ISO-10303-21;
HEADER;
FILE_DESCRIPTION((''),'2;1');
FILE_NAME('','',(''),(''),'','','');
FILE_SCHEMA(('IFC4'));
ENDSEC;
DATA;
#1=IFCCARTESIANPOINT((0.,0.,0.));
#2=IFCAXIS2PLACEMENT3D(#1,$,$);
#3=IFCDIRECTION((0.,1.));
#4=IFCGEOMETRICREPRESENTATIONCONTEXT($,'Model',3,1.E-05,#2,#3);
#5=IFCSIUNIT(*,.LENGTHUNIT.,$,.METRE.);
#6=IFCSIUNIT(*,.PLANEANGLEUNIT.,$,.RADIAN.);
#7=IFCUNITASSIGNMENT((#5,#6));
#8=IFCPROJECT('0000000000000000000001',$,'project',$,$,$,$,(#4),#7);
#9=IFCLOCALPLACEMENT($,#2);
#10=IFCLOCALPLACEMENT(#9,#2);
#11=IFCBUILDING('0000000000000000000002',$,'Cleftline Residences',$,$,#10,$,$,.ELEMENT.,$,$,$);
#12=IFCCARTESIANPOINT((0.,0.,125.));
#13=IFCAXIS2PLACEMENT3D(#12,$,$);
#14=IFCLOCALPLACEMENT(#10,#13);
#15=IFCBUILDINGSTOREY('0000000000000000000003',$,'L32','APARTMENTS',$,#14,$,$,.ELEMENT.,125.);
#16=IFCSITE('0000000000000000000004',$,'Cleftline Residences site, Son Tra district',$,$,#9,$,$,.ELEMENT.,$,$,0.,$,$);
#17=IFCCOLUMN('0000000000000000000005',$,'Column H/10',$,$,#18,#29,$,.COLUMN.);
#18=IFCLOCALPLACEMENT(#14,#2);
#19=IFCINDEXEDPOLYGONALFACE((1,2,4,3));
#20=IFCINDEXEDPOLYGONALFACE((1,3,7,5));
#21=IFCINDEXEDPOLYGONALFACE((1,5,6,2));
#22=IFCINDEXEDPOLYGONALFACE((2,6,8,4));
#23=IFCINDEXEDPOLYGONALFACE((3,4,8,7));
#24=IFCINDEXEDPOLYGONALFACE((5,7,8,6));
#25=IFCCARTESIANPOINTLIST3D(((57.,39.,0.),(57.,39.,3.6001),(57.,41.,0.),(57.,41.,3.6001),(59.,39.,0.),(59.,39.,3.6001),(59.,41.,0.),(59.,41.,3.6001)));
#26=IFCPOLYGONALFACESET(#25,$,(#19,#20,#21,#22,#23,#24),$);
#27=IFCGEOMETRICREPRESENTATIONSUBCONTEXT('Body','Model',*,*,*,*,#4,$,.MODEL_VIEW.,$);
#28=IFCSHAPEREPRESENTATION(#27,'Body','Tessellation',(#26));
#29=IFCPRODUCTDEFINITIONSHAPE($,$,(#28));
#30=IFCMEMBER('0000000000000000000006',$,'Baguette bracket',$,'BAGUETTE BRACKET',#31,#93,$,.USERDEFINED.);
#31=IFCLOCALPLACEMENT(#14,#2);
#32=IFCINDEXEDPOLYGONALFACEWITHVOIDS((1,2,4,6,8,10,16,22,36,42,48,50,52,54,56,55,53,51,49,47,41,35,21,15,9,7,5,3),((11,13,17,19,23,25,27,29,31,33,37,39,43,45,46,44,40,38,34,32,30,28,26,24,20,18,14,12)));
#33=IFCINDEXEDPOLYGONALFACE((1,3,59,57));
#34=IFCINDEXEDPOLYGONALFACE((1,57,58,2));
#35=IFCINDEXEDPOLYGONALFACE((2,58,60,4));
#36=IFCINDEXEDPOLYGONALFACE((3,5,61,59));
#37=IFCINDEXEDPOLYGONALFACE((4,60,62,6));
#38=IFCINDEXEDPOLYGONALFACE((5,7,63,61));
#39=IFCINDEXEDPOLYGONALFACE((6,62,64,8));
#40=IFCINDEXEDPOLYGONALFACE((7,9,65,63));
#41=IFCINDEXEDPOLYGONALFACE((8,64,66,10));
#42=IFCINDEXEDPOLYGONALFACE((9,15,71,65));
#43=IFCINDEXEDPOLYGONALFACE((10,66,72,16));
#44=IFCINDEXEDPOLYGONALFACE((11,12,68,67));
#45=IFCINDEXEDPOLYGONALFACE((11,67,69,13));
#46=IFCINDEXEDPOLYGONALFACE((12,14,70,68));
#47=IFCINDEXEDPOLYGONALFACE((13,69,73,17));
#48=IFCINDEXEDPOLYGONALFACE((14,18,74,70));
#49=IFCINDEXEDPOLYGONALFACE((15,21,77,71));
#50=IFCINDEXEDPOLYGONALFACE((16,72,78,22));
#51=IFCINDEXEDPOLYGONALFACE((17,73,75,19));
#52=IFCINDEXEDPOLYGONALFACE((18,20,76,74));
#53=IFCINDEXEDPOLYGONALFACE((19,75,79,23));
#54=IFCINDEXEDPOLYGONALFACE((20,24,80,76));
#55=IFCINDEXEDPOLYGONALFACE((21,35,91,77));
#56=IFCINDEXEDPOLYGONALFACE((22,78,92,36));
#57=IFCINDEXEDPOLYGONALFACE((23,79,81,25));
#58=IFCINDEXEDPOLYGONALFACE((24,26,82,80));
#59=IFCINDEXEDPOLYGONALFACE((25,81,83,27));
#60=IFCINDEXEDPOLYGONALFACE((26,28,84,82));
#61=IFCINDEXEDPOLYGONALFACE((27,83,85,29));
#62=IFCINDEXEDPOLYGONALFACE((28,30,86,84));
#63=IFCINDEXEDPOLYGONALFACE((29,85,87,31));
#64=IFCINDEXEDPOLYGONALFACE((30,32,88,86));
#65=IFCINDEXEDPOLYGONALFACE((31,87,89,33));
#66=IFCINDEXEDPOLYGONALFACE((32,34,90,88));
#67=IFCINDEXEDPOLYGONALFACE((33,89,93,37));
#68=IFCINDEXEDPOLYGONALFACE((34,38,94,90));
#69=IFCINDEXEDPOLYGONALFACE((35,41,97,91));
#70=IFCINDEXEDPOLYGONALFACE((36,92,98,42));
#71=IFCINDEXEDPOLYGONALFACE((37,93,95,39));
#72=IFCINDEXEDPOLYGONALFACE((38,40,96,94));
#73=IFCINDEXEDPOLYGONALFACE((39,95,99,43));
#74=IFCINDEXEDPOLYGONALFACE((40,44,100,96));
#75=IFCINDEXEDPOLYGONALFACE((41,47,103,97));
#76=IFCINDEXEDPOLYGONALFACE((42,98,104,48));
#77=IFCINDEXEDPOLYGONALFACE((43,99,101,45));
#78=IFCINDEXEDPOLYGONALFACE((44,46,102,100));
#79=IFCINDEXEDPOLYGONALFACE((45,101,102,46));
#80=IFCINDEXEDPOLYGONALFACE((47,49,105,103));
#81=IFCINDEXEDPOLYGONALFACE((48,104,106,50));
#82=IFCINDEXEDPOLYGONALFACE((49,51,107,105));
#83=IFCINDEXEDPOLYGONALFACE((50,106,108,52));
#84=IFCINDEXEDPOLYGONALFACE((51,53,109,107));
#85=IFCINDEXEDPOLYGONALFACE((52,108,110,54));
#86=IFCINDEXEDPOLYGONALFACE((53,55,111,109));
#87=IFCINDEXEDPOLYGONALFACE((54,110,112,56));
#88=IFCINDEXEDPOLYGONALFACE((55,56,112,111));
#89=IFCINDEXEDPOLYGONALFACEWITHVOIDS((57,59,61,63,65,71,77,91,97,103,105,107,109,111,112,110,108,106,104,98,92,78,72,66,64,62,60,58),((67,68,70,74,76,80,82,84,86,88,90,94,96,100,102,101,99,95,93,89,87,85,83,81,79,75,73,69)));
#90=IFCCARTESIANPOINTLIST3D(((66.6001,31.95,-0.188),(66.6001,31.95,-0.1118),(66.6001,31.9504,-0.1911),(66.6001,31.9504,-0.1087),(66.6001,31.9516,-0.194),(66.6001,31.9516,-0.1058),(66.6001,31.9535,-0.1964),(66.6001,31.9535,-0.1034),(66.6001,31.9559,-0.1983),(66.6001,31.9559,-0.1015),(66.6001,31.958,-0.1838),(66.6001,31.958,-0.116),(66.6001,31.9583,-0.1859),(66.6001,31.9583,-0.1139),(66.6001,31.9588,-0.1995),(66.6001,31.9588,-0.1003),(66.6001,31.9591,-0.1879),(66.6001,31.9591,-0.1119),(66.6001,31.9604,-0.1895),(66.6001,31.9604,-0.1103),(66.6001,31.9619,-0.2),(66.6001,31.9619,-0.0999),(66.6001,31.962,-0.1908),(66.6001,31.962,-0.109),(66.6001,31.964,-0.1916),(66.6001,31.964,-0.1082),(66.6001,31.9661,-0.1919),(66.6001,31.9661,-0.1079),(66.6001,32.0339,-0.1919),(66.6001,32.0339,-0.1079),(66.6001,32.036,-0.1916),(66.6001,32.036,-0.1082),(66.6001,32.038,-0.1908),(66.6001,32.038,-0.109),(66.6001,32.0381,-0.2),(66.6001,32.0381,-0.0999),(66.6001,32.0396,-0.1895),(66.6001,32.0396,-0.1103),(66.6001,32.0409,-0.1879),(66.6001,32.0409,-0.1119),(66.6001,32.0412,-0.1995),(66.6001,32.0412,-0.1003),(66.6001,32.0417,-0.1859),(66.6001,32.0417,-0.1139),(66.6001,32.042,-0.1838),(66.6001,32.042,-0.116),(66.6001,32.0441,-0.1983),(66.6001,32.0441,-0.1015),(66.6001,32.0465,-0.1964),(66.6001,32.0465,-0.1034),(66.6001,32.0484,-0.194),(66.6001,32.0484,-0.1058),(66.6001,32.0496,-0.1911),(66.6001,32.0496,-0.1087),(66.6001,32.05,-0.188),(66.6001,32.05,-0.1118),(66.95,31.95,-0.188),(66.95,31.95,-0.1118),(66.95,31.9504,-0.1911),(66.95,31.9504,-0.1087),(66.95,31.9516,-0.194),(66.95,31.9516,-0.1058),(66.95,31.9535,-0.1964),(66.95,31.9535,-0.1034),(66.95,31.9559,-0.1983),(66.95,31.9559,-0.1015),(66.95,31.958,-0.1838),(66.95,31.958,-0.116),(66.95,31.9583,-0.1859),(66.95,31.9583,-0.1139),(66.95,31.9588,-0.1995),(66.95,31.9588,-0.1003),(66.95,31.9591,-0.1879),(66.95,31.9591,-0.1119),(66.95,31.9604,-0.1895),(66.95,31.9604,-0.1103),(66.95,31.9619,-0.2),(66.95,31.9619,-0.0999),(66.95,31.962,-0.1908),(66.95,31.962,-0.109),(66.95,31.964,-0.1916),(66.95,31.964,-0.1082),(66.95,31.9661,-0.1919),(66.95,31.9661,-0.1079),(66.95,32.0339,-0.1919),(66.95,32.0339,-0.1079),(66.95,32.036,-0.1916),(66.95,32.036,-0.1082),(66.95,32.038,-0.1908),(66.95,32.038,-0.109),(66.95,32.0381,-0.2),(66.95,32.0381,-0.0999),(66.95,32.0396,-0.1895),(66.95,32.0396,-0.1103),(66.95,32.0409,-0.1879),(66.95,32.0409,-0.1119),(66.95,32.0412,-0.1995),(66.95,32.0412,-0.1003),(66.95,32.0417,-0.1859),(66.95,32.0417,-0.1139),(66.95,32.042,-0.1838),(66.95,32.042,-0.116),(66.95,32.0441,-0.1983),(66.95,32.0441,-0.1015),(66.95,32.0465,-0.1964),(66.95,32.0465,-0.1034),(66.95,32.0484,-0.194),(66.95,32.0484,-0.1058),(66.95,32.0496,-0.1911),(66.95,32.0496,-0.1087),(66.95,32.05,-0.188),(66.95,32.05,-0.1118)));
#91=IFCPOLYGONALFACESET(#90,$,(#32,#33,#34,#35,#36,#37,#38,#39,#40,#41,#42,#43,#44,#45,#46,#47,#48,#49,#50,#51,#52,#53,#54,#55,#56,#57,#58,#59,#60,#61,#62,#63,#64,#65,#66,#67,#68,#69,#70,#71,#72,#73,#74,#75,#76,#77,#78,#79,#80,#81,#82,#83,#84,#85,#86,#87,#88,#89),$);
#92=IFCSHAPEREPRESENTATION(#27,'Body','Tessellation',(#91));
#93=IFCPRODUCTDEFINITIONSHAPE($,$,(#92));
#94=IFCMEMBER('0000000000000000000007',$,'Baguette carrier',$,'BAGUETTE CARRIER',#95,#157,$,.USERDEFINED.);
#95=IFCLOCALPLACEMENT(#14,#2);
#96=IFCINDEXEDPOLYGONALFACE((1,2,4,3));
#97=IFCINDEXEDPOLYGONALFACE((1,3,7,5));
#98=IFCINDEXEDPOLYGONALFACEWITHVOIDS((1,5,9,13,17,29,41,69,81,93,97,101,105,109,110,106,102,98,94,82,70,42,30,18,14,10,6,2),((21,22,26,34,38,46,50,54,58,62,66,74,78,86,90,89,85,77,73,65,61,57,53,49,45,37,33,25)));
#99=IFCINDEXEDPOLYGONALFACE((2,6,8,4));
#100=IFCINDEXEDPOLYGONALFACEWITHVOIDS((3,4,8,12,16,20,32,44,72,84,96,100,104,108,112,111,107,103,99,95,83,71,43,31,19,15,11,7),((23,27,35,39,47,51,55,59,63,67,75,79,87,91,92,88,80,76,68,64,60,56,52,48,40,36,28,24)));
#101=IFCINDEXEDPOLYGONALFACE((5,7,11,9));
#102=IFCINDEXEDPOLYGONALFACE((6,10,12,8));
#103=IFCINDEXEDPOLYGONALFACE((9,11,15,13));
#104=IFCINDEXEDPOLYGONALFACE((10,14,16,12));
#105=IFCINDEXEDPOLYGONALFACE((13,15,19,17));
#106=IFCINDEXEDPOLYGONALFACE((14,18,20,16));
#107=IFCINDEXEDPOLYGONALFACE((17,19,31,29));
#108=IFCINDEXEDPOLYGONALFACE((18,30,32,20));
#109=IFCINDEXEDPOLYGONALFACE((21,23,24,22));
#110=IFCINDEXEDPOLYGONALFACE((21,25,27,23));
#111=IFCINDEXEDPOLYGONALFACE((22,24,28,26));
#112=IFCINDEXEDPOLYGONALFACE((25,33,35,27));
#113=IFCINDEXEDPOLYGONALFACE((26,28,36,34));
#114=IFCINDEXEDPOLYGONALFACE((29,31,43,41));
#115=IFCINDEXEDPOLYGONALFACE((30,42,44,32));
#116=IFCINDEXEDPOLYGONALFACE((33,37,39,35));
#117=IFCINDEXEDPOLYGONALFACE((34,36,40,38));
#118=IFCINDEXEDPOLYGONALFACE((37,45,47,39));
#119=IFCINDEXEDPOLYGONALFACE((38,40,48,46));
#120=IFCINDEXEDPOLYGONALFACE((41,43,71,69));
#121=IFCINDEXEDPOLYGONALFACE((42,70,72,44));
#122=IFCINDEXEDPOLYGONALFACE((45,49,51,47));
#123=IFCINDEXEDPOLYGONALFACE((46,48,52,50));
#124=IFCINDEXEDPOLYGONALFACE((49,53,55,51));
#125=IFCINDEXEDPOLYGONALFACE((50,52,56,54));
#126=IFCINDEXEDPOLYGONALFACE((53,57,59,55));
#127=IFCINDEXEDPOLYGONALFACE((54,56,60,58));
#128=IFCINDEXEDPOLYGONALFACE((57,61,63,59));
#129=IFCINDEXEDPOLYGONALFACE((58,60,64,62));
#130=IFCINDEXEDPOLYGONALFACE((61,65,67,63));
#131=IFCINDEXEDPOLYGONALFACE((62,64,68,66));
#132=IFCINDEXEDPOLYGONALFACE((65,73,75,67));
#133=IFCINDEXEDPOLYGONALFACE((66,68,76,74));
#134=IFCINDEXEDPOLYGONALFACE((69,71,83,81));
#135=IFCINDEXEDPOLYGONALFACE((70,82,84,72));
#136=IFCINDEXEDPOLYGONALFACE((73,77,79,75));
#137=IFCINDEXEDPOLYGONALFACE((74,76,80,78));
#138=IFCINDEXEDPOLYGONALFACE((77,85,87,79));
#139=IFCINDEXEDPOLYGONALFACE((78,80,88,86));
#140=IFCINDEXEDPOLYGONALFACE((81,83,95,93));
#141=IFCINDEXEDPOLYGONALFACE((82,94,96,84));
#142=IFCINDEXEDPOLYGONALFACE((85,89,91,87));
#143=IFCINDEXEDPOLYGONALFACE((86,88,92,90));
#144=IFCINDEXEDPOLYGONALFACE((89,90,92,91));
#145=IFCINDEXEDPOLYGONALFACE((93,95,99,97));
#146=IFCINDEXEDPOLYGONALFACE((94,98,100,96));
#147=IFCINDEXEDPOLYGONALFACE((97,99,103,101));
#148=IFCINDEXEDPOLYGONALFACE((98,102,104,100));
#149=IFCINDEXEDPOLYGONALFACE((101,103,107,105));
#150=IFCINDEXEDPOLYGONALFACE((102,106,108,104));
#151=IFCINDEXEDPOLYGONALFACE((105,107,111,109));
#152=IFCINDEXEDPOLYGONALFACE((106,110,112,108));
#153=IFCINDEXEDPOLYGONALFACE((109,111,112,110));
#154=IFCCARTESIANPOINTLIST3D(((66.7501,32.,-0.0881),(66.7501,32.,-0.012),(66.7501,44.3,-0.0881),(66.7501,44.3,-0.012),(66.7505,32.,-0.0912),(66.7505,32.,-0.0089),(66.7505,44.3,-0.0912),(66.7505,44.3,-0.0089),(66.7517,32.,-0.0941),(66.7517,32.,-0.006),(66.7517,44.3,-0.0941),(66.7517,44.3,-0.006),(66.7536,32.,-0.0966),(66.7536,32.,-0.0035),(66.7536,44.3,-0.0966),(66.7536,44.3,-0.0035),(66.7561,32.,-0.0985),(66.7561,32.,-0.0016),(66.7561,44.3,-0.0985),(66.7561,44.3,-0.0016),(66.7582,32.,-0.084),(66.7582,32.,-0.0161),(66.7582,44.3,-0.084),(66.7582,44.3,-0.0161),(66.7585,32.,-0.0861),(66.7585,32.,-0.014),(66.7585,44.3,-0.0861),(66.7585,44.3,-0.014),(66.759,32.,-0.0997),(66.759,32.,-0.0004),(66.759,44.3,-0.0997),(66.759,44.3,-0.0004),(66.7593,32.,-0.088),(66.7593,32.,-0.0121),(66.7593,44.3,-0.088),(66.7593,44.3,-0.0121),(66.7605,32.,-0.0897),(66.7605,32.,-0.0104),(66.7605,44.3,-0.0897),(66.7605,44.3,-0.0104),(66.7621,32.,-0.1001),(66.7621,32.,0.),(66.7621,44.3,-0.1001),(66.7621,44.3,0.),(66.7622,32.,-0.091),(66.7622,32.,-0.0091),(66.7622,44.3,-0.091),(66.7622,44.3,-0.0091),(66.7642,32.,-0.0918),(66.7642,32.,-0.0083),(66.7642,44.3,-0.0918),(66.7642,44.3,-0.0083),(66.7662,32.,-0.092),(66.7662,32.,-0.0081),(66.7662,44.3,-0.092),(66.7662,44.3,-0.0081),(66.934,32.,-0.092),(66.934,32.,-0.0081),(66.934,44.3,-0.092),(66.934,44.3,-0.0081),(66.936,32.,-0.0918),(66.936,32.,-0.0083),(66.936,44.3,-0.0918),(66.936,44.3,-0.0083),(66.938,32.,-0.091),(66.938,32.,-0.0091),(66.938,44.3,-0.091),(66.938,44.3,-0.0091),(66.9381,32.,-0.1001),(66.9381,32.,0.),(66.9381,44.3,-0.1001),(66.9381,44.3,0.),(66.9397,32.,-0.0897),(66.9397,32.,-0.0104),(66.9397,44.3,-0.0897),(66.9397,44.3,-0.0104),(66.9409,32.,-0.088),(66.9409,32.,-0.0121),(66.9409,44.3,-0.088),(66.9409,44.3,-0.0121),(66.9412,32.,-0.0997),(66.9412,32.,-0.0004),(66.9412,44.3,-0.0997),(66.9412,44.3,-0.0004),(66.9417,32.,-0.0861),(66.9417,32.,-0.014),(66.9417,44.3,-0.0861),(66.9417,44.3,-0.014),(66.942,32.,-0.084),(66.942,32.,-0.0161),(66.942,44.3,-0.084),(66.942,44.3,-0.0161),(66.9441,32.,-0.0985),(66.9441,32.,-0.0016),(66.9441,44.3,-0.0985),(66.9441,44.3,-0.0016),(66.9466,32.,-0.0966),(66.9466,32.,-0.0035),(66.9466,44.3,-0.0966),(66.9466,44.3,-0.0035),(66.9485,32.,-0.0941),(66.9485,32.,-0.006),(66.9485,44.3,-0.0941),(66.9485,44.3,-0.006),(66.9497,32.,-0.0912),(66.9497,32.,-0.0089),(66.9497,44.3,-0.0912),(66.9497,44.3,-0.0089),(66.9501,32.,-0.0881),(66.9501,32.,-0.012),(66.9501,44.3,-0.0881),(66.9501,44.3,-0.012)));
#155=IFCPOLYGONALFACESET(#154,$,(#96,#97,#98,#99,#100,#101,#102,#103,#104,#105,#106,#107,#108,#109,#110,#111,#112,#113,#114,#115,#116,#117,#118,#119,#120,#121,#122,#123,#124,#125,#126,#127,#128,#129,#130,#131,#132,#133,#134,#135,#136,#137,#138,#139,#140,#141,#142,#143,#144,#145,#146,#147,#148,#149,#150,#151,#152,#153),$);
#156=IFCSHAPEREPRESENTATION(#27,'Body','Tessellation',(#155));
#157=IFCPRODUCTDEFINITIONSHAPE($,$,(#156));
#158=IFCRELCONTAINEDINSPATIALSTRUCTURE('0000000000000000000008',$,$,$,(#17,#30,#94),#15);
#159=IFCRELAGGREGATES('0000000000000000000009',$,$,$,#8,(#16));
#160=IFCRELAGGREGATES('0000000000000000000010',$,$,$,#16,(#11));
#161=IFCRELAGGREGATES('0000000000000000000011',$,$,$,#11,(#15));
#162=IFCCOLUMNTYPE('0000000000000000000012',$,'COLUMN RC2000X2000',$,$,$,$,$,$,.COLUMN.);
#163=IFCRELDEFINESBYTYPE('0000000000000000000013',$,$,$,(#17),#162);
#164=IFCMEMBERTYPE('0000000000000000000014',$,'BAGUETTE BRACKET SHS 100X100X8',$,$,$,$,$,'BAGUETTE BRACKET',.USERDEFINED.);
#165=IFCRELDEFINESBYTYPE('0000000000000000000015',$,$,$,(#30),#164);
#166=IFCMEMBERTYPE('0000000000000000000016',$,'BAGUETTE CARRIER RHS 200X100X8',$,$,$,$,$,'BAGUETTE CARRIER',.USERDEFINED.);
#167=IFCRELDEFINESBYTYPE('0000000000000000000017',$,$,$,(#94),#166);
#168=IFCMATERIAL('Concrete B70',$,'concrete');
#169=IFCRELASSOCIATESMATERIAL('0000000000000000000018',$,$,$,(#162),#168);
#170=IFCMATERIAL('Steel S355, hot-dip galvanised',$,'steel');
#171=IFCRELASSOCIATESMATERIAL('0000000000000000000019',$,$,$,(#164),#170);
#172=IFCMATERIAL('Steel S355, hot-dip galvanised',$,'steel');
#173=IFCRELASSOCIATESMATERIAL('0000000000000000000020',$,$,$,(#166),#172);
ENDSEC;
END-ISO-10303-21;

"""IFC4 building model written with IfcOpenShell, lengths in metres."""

from ifc_helpers import new_model, si_unit, direction, frame, origin, origin_2d, place, context, subcontext, project, spatial, rectangle, hollow_rectangle, extrude, material, material_profile, profile_set, type_object, element, save


model = new_model("IFC4")

# Units and contexts
model_context = context("Model", 3, precision=1e-05, world=origin(), true_north=direction((0.0, 1.0)))
body_context = subcontext(model_context, "Body", "Model", "MODEL_VIEW")
ifc_project = project(units=[si_unit("LENGTHUNIT", "METRE"), si_unit("PLANEANGLEUNIT", "RADIAN")], contexts=[model_context])

# Site, building, storey
site_placement = place(None, origin())
site = spatial("IfcSite", under=ifc_project, at=site_placement, Name="Cleftline Residences site, Son Tra district", CompositionType="ELEMENT", RefElevation=0.0)
building_placement = place(site_placement, origin())
building = spatial("IfcBuilding", under=site, at=building_placement, Name="Cleftline Residences", CompositionType="ELEMENT")
storey_placement = place(building_placement, frame((0.0, 0.0, 125.0)))
storey = spatial("IfcBuildingStorey", under=building, at=storey_placement, Name="L32", Description="APARTMENTS", CompositionType="ELEMENT", Elevation=125.0)

# Column
ifc_material_1 = material(Name="Concrete B70", Category="concrete")
ifc_material_profile_1 = material_profile(ifc_material_1, rectangle(XDim=2.0, YDim=2.0, at=origin_2d()))
ifc_profile_set_1 = profile_set([ifc_material_profile_1], Name="Concrete B70")
column_type = type_object("IfcColumnType", Name="COLUMN RC2000X2000", PredefinedType="COLUMN", material=ifc_profile_set_1)
column_placement = place(storey_placement, frame((58.0, 40.0, 0.0), z_axis=(0.0, 0.0, 1.0), x_axis=(1.0, 0.0, 0.0)))
element("IfcColumn", 1, at=column_placement, inside=storey, type_object=column_type, Name="Column H/10", PredefinedType="COLUMN", context=body_context, shape_type="SweptSolid", body=[
    extrude(rectangle(XDim=2.0, YDim=2.0, at=origin_2d()), origin(), (0.0, 0.0, 1.0), 3.6001),
])

# Members
ifc_material_2 = material(Name="Steel S355, hot-dip galvanised", Category="steel")
ifc_material_profile_2 = material_profile(ifc_material_2, hollow_rectangle(XDim=0.1001, YDim=0.1001, WallThickness=0.0081, InnerFilletRadius=0.0081, OuterFilletRadius=0.012, at=origin_2d()))
ifc_profile_set_2 = profile_set([ifc_material_profile_2], Name="Steel S355, hot-dip galvanised")
member_type_1 = type_object("IfcMemberType", Name="BAGUETTE BRACKET SHS 100X100X8", ElementType="BAGUETTE BRACKET", PredefinedType="USERDEFINED", material=ifc_profile_set_2)
member_1_placement = place(storey_placement, frame((66.6001, 32.0, -0.1499), z_axis=(1.0, 0.0, 0.0), x_axis=(0.0, 1.0, 0.0)))
element("IfcMember", 2, at=member_1_placement, inside=storey, type_object=member_type_1, Name="Baguette bracket", ObjectType="BAGUETTE BRACKET", PredefinedType="USERDEFINED", context=body_context, shape_type="SweptSolid", body=[
    extrude(hollow_rectangle(XDim=0.1001, YDim=0.1001, WallThickness=0.0081, InnerFilletRadius=0.0081, OuterFilletRadius=0.012, at=origin_2d()), origin(), (0.0, 0.0, 1.0), 0.3499),
])
ifc_material_3 = material(Name="Steel S355, hot-dip galvanised", Category="steel")
ifc_material_profile_3 = material_profile(ifc_material_3, hollow_rectangle(XDim=0.1001, YDim=0.2, WallThickness=0.0081, InnerFilletRadius=0.0081, OuterFilletRadius=0.012, at=origin_2d()))
ifc_profile_set_3 = profile_set([ifc_material_profile_3], Name="Steel S355, hot-dip galvanised")
member_type_2 = type_object("IfcMemberType", Name="BAGUETTE CARRIER RHS 200X100X8", ElementType="BAGUETTE CARRIER", PredefinedType="USERDEFINED", material=ifc_profile_set_3)
member_2_placement = place(storey_placement, frame((66.8501, 32.0, -0.05), z_axis=(0.0, 1.0, 0.0), x_axis=(0.0, 0.0, 1.0)))
element("IfcMember", 3, at=member_2_placement, inside=storey, type_object=member_type_2, Name="Baguette carrier", ObjectType="BAGUETTE CARRIER", PredefinedType="USERDEFINED", context=body_context, shape_type="SweptSolid", body=[
    extrude(hollow_rectangle(XDim=0.1001, YDim=0.2, WallThickness=0.0081, InnerFilletRadius=0.0081, OuterFilletRadius=0.012, at=origin_2d()), origin(), (0.0, 0.0, 1.0), 12.3),
])

save(model, "model.ifc")
